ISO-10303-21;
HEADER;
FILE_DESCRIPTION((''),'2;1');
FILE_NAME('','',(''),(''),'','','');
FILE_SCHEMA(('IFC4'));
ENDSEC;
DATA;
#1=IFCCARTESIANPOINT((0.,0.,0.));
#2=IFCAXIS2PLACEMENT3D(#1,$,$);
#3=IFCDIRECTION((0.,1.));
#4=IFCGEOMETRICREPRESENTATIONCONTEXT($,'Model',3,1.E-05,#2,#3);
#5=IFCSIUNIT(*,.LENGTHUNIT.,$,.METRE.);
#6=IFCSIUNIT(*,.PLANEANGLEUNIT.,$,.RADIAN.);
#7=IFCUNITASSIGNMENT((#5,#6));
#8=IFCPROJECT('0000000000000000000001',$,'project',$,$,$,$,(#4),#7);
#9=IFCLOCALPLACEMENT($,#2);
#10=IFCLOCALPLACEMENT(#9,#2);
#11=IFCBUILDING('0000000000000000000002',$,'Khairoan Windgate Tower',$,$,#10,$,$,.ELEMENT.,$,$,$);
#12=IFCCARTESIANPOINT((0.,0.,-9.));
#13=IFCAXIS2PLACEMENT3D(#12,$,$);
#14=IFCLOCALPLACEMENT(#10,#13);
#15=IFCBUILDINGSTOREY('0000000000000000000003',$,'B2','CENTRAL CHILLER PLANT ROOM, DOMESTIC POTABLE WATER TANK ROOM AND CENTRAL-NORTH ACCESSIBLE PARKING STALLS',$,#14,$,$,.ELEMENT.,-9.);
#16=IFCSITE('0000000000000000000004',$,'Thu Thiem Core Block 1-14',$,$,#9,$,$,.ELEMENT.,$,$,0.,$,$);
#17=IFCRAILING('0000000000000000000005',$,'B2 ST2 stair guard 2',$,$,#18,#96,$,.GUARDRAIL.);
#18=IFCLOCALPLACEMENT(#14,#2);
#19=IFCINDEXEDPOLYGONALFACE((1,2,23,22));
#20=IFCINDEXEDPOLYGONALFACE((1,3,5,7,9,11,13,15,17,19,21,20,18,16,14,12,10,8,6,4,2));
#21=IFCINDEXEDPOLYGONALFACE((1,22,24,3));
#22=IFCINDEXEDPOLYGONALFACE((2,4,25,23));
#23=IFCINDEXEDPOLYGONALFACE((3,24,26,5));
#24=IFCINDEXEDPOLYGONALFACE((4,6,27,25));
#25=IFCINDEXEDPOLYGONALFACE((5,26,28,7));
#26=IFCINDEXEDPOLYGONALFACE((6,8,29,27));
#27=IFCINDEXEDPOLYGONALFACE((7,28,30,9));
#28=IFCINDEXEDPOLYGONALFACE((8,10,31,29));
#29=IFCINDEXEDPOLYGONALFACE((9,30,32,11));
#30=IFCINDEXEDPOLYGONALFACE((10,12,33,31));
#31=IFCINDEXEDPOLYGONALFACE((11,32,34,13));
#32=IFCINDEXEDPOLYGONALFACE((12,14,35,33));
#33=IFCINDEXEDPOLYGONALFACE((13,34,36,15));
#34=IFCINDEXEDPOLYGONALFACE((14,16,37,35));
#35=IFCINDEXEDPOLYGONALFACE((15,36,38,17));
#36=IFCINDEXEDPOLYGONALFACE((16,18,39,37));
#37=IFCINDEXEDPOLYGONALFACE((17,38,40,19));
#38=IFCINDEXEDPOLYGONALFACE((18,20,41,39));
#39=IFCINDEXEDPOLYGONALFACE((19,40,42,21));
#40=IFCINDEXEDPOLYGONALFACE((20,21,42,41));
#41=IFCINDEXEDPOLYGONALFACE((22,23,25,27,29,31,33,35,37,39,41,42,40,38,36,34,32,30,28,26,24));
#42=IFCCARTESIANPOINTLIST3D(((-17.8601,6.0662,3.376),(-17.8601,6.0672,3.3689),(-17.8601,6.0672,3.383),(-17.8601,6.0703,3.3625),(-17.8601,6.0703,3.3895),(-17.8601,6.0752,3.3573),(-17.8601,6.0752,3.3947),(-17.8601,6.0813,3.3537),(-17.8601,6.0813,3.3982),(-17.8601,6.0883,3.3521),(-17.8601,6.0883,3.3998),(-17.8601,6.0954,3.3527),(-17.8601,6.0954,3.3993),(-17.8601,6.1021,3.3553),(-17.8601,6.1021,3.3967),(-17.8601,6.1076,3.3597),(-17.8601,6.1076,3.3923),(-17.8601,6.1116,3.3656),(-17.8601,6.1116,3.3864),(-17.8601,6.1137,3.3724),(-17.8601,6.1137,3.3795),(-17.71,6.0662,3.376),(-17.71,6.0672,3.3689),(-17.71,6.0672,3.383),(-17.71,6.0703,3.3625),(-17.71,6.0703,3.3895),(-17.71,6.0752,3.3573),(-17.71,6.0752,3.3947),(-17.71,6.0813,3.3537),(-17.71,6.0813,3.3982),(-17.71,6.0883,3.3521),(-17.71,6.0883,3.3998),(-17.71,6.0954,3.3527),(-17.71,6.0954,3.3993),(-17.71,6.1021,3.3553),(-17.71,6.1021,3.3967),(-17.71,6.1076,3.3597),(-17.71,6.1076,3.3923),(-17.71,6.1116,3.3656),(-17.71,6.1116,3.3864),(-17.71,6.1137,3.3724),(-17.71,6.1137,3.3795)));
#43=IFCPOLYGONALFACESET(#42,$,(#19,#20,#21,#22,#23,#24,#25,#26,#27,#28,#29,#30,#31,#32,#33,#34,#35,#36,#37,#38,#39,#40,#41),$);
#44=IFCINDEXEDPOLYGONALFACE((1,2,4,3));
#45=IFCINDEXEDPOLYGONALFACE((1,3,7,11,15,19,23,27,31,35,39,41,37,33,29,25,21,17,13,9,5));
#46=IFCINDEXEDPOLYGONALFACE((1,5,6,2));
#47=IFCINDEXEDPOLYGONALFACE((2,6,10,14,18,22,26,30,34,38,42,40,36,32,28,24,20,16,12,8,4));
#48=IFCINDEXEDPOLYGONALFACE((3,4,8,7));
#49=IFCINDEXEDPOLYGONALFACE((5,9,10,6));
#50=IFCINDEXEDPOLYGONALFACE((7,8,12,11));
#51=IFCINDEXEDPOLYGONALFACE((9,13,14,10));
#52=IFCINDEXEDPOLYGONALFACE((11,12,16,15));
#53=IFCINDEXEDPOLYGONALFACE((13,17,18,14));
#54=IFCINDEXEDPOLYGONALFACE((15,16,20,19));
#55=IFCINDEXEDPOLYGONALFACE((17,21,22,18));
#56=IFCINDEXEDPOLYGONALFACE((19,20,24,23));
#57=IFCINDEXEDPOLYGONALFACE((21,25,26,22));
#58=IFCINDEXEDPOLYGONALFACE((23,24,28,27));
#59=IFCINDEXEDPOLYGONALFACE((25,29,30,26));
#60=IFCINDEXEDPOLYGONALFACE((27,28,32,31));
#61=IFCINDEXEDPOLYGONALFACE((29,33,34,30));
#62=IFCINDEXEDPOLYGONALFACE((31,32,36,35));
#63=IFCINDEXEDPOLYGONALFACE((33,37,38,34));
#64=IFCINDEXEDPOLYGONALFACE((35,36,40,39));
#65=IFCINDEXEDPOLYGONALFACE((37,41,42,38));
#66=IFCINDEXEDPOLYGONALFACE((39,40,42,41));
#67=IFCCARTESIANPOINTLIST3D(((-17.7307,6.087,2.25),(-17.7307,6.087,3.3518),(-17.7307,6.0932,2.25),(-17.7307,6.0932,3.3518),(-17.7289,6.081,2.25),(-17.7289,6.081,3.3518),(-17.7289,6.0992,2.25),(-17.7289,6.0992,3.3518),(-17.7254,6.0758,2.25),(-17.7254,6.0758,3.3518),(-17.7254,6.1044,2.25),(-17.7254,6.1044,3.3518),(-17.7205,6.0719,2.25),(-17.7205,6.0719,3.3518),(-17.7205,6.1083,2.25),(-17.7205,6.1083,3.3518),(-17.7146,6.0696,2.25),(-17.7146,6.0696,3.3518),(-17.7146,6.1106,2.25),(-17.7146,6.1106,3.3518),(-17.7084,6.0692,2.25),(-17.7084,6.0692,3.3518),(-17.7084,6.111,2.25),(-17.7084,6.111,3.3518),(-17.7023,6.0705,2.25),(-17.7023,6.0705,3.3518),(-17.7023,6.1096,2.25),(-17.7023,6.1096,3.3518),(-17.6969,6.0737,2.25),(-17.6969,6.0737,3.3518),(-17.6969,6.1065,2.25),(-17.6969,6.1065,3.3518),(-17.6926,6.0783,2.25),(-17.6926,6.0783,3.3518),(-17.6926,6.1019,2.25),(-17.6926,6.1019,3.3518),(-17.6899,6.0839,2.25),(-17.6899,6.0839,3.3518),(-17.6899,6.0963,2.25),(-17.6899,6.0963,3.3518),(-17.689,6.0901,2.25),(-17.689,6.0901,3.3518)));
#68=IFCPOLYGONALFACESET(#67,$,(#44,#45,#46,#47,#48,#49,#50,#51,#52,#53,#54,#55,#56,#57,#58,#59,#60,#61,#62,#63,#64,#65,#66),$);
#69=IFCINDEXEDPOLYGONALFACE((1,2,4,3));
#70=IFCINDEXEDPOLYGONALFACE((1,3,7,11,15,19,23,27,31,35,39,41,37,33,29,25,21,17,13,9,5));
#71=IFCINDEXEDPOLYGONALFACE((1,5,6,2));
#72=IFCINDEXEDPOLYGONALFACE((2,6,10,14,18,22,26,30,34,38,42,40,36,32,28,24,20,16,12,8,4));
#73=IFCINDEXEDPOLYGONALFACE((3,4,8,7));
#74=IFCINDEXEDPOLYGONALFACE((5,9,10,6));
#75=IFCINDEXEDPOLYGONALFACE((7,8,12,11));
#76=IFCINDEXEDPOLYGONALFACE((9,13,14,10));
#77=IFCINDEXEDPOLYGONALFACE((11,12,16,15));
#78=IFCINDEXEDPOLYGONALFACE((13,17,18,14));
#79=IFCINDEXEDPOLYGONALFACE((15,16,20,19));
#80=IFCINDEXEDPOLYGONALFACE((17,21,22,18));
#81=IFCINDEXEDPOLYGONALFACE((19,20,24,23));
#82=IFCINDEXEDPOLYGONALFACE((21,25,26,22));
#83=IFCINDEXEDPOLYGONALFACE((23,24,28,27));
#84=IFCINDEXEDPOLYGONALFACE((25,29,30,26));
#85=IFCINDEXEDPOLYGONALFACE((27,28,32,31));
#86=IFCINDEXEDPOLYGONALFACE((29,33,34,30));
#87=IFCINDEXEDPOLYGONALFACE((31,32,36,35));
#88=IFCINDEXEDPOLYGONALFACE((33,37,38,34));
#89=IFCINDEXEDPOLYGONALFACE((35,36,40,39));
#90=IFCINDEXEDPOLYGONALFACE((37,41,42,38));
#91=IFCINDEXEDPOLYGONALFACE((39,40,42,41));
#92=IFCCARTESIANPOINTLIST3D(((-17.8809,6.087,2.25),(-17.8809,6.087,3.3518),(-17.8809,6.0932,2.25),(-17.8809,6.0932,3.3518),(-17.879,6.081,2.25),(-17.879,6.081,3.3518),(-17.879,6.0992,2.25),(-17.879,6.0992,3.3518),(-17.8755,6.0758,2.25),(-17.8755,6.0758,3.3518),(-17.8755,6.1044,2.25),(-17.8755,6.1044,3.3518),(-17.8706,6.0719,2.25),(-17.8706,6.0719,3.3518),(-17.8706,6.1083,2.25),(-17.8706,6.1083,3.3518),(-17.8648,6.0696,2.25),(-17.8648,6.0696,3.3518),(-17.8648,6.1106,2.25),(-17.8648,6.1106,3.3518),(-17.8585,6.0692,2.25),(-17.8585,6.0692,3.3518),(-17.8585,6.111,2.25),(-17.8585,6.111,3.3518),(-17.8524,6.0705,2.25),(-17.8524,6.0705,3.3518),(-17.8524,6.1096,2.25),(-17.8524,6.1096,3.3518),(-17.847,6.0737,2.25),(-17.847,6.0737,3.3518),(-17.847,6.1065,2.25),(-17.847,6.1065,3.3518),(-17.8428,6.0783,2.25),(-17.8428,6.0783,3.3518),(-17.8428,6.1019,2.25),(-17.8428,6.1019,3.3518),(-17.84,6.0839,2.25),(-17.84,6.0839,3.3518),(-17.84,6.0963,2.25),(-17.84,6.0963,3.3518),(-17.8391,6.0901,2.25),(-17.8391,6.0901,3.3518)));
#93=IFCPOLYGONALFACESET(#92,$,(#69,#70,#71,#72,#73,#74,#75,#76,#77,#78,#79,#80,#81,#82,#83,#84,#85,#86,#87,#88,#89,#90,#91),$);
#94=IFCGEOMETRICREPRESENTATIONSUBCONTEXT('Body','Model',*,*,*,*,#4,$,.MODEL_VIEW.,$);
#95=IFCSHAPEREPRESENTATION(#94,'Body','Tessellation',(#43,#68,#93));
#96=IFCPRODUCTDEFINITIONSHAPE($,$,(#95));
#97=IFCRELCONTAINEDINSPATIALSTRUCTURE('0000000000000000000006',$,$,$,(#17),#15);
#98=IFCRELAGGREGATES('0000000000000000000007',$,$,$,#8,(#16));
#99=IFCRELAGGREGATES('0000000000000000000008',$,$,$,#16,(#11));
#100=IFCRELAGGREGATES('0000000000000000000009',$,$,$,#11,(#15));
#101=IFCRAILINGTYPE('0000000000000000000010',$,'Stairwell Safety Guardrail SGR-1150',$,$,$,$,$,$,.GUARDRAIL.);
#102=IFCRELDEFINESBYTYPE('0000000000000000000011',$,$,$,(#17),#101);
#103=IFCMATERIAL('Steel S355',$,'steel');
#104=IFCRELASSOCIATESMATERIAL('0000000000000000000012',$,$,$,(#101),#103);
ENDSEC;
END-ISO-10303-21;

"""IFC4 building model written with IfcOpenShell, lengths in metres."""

from ifc_helpers import new_model, si_unit, direction, frame, origin, origin_2d, place, context, subcontext, project, spatial, circle, extrude, material, type_object, element, save


model = new_model("IFC4")

# Units and contexts
model_context = context("Model", 3, precision=1e-05, world=origin(), true_north=direction((0.0, 1.0)))
body_context = subcontext(model_context, "Body", "Model", "MODEL_VIEW")
ifc_project = project(units=[si_unit("LENGTHUNIT", "METRE"), si_unit("PLANEANGLEUNIT", "RADIAN")], contexts=[model_context])

# Site, building, storey
site_placement = place(None, origin())
site = spatial("IfcSite", under=ifc_project, at=site_placement, Name="Thu Thiem Core Block 1-14", CompositionType="ELEMENT", RefElevation=0.0)
building_placement = place(site_placement, origin())
building = spatial("IfcBuilding", under=site, at=building_placement, Name="Khairoan Windgate Tower", CompositionType="ELEMENT")
storey_placement = place(building_placement, frame((0.0, 0.0, -9.0)))
storey = spatial("IfcBuildingStorey", under=building, at=storey_placement, Name="B2", Description="CENTRAL CHILLER PLANT ROOM, DOMESTIC POTABLE WATER TANK ROOM AND CENTRAL-NORTH ACCESSIBLE PARKING STALLS", CompositionType="ELEMENT", Elevation=-9.0)

# Railing
ifc_material_1 = material(Name="Steel S355", Category="steel")
railing_type_1 = type_object("IfcRailingType", Name="Stairwell Safety Guardrail SGR-1150", PredefinedType="GUARDRAIL", material=ifc_material_1)
railing_1_placement = place(storey_placement, frame((-17.71, 6.0901, 2.25)))
element("IfcRailing", 1, at=railing_1_placement, inside=storey, type_object=railing_type_1, Name="B2 ST2 stair guard 2", PredefinedType="GUARDRAIL", context=body_context, shape_type="SweptSolid", body=[
    extrude(circle(Radius=0.0239, at=origin_2d()), frame((0.0, 0.0, 1.126), z_axis=(-1.0, 0.0, 0.0), x_axis=(0.0, -1.0, 0.0)), (0.0, 0.0, 1.0), 0.1501),
    extrude(circle(Radius=0.021, at=origin_2d()), origin(), (0.0, 0.0, 1.0), 1.1018),
    extrude(circle(Radius=0.021, at=origin_2d()), frame((-0.1501, 0.0, 0.0)), (0.0, 0.0, 1.0), 1.1018),
])

save(model, "model.ifc")
